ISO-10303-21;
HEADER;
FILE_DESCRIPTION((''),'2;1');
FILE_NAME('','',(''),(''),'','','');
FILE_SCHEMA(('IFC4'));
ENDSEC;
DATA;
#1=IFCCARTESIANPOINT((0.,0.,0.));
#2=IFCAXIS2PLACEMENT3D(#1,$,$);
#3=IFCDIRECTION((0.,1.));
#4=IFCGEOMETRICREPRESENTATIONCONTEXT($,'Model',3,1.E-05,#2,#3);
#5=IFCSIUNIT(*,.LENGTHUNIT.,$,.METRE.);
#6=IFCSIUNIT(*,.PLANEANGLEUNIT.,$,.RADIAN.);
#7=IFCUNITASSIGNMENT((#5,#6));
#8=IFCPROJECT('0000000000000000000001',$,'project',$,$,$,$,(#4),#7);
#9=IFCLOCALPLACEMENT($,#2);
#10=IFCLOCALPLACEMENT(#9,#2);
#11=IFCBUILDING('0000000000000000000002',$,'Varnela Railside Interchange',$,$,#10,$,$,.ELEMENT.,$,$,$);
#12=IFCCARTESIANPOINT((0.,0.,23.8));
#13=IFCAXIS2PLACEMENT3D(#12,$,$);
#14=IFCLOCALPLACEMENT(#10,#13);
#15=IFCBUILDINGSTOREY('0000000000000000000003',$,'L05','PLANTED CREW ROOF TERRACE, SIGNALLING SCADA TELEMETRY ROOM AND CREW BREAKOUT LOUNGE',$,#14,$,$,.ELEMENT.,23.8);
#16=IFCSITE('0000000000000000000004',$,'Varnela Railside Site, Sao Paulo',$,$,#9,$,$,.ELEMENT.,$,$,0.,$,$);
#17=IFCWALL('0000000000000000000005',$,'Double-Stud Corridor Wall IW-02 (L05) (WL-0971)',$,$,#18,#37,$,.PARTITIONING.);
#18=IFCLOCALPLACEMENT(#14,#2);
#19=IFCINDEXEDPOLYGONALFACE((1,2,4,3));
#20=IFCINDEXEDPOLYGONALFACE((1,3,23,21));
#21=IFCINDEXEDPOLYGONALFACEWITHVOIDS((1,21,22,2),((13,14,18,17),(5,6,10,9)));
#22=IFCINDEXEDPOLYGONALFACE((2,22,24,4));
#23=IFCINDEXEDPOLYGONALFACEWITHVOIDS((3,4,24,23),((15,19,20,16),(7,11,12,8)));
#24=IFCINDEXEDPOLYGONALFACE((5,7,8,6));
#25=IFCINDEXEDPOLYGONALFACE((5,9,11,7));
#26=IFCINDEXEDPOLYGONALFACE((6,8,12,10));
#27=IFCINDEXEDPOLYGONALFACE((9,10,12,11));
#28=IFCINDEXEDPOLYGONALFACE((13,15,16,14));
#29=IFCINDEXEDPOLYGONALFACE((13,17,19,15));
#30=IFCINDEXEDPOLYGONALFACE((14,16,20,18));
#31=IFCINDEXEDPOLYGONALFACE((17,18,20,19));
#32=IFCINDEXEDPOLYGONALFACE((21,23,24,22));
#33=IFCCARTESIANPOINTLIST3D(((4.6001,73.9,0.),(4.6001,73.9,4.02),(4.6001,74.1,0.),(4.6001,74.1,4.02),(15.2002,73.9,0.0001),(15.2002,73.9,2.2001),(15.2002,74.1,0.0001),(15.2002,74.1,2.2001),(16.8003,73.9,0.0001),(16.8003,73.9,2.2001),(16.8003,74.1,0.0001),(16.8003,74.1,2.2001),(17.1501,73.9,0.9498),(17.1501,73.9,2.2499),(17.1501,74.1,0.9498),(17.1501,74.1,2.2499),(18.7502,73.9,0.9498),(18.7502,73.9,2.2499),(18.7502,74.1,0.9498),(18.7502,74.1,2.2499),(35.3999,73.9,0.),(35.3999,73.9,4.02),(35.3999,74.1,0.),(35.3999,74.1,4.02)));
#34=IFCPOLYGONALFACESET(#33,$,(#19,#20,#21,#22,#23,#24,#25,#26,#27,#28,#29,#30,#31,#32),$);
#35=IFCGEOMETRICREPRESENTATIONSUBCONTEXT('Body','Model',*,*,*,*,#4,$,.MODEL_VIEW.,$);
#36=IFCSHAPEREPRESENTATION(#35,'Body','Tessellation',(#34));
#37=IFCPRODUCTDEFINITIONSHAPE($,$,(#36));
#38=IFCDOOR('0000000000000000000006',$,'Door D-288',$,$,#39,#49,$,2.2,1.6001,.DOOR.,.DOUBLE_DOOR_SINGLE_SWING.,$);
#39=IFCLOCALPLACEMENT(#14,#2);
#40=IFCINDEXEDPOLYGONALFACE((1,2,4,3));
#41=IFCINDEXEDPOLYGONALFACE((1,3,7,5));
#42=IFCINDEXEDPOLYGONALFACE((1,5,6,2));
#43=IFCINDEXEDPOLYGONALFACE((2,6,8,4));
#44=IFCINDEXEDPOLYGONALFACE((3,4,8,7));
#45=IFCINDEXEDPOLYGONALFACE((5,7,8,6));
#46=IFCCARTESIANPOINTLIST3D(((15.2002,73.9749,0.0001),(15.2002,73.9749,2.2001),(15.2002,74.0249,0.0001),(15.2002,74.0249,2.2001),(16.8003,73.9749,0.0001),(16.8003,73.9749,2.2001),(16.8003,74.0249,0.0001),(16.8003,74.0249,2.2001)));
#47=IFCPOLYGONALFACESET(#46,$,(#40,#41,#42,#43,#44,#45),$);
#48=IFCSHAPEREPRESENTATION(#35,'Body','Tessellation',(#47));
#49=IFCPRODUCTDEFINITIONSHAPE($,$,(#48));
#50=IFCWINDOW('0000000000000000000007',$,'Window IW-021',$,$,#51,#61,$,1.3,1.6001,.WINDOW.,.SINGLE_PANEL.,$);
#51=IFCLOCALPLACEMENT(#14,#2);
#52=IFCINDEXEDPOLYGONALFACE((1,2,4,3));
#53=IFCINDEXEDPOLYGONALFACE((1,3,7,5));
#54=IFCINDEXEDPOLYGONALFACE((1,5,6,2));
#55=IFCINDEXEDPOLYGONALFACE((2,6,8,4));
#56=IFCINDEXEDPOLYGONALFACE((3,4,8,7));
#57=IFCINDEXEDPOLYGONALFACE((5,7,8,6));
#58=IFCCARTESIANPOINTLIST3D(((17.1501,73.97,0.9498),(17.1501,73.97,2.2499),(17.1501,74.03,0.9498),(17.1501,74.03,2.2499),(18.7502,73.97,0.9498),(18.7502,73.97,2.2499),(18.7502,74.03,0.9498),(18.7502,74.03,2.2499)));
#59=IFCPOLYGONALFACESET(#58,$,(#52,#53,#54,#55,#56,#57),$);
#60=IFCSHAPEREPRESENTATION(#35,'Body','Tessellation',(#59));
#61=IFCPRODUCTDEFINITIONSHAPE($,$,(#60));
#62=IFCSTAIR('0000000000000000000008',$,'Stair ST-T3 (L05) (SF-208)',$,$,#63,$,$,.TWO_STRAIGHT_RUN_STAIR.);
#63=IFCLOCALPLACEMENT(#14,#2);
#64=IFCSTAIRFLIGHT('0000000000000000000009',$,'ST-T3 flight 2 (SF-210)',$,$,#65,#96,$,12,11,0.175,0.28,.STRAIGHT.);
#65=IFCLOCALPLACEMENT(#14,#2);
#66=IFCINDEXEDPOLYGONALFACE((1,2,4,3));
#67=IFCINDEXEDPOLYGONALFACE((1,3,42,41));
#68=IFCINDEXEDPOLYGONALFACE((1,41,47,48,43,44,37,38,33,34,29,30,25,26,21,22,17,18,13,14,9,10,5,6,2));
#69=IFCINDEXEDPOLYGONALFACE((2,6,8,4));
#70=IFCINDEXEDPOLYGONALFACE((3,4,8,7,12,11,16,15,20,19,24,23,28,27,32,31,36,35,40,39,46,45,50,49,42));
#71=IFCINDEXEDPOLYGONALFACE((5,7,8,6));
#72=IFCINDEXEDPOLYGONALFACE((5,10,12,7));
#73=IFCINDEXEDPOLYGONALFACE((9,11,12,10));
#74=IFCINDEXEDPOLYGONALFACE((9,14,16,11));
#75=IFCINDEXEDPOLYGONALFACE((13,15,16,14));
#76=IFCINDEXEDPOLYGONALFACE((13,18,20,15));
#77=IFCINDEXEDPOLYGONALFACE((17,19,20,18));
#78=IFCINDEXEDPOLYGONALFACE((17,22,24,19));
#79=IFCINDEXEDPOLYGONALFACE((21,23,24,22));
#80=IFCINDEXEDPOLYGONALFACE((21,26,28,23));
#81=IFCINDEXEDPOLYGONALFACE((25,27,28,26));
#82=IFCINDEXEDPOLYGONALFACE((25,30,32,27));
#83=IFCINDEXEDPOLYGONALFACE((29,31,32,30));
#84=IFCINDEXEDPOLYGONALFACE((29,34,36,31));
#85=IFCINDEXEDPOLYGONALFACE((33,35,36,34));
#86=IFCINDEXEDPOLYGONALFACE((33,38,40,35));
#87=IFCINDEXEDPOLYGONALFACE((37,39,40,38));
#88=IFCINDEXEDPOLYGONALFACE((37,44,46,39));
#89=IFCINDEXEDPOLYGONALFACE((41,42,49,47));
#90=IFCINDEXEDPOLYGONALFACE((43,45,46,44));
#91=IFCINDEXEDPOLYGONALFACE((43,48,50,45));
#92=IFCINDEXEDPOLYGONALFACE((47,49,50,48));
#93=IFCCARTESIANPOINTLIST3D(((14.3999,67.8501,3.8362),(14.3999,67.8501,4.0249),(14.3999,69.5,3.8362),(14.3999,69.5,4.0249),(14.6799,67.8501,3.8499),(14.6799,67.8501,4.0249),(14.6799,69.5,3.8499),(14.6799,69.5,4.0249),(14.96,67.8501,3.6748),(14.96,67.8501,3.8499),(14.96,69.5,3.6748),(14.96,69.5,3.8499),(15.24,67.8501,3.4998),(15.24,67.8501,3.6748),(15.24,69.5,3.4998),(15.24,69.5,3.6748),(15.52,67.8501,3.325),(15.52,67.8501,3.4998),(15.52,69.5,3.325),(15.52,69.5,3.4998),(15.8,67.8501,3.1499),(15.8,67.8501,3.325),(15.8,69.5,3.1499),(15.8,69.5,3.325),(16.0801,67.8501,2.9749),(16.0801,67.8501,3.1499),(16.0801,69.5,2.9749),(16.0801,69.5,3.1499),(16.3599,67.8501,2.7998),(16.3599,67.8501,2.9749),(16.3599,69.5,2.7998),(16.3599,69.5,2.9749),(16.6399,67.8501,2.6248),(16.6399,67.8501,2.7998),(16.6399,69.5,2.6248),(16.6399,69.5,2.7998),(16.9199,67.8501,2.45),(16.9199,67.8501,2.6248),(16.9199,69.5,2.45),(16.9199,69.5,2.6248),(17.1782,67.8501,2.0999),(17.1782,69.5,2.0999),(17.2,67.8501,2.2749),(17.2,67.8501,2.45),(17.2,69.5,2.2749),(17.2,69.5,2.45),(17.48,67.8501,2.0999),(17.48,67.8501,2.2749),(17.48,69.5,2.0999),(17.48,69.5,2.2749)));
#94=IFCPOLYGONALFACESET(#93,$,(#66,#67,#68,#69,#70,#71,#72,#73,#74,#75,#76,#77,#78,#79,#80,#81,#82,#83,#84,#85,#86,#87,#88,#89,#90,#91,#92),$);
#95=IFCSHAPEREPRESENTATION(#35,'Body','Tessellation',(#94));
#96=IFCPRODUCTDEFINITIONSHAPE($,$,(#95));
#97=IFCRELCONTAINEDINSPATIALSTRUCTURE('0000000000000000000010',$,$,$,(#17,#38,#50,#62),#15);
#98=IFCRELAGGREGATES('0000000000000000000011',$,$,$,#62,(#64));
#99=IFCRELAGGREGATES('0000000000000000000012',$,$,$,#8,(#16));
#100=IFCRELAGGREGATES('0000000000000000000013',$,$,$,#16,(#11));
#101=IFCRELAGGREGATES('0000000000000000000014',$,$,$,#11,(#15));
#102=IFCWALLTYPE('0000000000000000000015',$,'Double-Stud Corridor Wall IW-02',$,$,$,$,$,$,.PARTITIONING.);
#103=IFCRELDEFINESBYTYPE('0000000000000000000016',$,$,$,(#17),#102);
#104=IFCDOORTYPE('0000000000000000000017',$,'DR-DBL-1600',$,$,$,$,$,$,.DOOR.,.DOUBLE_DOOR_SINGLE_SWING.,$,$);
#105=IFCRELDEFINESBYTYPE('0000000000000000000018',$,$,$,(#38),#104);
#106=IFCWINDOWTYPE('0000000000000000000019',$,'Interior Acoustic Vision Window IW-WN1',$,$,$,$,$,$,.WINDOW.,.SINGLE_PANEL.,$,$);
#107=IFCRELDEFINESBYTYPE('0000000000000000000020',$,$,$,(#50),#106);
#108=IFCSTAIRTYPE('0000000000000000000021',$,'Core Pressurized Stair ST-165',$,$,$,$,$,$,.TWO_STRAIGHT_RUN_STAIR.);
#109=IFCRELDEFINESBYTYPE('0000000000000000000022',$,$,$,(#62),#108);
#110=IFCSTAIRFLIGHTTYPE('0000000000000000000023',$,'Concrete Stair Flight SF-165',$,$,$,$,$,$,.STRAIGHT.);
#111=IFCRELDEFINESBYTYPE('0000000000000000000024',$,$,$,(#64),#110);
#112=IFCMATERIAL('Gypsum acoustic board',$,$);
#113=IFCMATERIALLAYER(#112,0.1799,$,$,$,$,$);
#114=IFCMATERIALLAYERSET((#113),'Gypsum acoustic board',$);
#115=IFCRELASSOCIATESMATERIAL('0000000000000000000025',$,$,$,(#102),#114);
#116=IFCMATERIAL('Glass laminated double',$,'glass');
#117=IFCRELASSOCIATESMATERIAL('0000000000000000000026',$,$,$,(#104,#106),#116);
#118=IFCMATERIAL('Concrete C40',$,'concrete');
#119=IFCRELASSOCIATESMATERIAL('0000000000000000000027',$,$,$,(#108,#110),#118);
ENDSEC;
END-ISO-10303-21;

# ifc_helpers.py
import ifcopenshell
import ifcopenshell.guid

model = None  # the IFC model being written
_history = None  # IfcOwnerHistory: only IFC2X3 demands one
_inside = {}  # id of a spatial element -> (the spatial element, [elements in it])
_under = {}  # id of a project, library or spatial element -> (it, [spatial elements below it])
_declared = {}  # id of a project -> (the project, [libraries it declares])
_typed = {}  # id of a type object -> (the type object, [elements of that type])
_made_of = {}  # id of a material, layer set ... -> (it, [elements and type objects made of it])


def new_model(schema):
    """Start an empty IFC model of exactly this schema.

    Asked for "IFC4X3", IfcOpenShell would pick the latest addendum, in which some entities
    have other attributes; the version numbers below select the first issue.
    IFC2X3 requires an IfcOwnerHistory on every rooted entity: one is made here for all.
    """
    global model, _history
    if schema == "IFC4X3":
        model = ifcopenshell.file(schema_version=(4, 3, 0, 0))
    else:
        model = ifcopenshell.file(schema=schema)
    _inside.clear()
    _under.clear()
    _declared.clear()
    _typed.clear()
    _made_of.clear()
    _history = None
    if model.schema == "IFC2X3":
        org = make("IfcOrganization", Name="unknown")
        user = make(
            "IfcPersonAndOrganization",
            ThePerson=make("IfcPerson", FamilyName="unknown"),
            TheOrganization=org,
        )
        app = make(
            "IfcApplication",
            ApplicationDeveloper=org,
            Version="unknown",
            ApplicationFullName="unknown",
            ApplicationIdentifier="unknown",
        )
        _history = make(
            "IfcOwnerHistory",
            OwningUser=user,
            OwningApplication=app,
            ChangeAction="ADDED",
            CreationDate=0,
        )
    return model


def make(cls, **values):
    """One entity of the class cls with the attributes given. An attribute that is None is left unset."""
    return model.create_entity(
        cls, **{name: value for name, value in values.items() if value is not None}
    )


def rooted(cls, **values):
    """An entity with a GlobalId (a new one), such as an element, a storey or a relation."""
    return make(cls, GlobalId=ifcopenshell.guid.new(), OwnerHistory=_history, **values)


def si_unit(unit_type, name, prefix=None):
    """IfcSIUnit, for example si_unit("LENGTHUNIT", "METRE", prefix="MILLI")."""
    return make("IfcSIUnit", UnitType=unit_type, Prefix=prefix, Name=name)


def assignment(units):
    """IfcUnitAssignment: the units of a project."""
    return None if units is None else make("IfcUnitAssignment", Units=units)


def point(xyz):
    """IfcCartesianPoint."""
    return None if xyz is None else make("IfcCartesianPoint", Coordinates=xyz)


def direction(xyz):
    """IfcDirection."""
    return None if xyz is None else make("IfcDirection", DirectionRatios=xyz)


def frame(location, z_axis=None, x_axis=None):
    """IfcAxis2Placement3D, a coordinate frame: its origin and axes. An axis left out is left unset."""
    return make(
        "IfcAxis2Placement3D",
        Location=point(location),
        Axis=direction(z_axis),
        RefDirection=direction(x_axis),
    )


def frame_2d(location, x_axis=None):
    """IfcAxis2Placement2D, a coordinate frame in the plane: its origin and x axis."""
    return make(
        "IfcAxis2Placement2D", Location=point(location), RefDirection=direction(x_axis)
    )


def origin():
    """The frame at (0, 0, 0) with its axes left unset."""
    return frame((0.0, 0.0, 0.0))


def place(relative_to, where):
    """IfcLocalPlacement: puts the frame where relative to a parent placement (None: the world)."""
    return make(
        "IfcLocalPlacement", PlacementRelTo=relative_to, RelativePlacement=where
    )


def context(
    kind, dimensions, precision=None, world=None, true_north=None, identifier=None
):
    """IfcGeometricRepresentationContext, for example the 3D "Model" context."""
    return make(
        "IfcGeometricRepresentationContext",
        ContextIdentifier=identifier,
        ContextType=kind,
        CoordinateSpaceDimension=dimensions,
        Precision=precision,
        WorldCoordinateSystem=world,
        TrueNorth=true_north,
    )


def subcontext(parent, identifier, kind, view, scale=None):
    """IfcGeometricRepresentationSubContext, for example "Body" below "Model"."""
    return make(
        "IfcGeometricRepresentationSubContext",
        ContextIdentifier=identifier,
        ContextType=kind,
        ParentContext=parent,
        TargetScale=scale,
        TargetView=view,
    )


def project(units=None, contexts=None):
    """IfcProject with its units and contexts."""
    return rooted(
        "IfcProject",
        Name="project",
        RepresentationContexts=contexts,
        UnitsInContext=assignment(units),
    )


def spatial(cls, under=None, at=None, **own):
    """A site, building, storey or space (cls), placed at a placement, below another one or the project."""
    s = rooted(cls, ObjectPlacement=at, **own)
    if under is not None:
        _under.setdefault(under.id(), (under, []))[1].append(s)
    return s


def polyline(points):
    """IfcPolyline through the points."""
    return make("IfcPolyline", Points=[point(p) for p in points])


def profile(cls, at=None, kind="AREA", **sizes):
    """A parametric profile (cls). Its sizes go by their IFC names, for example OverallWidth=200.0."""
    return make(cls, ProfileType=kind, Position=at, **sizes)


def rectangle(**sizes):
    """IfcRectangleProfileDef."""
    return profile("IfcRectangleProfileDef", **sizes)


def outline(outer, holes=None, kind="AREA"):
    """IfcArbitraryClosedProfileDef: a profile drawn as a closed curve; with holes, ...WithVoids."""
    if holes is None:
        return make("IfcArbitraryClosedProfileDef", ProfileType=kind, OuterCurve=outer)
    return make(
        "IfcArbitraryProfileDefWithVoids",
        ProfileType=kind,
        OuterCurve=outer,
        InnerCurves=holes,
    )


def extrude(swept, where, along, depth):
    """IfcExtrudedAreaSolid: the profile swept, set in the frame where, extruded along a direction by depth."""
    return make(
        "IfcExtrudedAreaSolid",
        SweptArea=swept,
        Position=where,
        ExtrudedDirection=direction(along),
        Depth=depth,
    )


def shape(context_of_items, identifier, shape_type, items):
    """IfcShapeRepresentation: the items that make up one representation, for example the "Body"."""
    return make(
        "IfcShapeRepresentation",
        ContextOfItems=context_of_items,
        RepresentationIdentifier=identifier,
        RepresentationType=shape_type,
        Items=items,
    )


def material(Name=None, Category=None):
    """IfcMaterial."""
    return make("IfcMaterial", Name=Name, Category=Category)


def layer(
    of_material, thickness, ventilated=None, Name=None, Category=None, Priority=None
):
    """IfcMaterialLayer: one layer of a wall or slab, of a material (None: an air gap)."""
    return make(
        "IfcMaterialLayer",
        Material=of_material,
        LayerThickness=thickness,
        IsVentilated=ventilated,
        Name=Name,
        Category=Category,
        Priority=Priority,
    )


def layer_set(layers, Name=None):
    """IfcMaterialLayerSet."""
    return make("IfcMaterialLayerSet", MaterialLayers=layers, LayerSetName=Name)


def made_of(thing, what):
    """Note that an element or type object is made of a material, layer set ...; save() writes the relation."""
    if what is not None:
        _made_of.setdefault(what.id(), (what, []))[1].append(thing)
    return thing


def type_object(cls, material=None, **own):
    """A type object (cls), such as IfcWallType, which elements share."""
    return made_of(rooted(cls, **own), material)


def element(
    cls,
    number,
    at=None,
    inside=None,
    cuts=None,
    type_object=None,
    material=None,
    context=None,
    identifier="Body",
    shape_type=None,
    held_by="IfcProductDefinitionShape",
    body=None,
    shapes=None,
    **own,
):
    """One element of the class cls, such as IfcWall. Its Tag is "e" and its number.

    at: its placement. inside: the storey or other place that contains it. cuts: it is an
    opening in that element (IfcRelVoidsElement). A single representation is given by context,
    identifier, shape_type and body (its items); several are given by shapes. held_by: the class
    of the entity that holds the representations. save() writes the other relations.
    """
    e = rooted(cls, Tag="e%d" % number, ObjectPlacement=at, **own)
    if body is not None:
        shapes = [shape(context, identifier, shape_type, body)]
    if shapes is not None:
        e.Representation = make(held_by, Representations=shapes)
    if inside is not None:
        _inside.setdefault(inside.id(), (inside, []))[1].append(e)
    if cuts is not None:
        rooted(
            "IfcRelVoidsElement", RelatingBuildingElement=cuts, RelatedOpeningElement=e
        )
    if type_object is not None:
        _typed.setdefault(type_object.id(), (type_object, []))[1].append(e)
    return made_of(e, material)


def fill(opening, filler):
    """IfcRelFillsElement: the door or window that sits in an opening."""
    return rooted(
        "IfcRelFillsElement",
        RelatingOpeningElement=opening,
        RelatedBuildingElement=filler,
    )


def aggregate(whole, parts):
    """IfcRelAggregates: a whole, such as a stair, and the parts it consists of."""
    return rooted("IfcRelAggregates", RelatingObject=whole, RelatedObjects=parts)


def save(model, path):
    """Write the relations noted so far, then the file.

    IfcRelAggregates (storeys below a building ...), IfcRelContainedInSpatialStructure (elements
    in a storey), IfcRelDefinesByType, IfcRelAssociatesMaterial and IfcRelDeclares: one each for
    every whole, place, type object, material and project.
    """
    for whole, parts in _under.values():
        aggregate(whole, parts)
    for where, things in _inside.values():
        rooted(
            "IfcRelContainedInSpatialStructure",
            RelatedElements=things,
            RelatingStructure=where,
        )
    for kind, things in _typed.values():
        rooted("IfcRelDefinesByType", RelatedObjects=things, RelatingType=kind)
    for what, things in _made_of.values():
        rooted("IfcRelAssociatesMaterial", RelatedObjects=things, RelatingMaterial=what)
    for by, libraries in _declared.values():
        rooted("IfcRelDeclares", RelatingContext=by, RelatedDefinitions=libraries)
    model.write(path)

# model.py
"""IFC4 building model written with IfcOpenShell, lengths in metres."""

from ifc_helpers import new_model, si_unit, direction, frame, frame_2d, origin, place, context, subcontext, project, spatial, polyline, rectangle, outline, extrude, material, layer, layer_set, type_object, element, fill, aggregate, save


model = new_model("IFC4")

# Units and contexts
model_context = context("Model", 3, precision=1e-05, world=origin(), true_north=direction((0.0, 1.0)))
body_context = subcontext(model_context, "Body", "Model", "MODEL_VIEW")
ifc_project = project(units=[si_unit("LENGTHUNIT", "METRE"), si_unit("PLANEANGLEUNIT", "RADIAN")], contexts=[model_context])

# Site, building, storey
site_placement = place(None, origin())
site = spatial("IfcSite", under=ifc_project, at=site_placement, Name="Varnela Railside Site, Sao Paulo", CompositionType="ELEMENT", RefElevation=0.0)
building_placement = place(site_placement, origin())
building = spatial("IfcBuilding", under=site, at=building_placement, Name="Varnela Railside Interchange", CompositionType="ELEMENT")
storey_placement = place(building_placement, frame((0.0, 0.0, 23.8)))
storey = spatial("IfcBuildingStorey", under=building, at=storey_placement, Name="L05", Description="PLANTED CREW ROOF TERRACE, SIGNALLING SCADA TELEMETRY ROOM AND CREW BREAKOUT LOUNGE", CompositionType="ELEMENT", Elevation=23.8)

# Shared definitions
ifc_material_1 = material(Name="Glass laminated double", Category="glass")

# Wall, openings, door, window
ifc_material_2 = material(Name="Gypsum acoustic board")
ifc_layer_1 = layer(ifc_material_2, 0.1799)
ifc_layer_set_1 = layer_set([ifc_layer_1], Name="Gypsum acoustic board")
wall_type_1 = type_object("IfcWallType", Name="Double-Stud Corridor Wall IW-02", PredefinedType="PARTITIONING", material=ifc_layer_set_1)
wall_1_placement = place(storey_placement, frame((4.6001, 74.0, 0.0), z_axis=(0.0, 0.0, 1.0), x_axis=(1.0, 0.0, 0.0)))
wall_1 = element("IfcWall", 1, at=wall_1_placement, inside=storey, type_object=wall_type_1, Name="Double-Stud Corridor Wall IW-02 (L05) (WL-0971)", PredefinedType="PARTITIONING", context=body_context, shape_type="SweptSolid", body=[
    extrude(rectangle(XDim=30.7998, YDim=0.2, at=frame_2d((15.3999, 0.0))), origin(), (0.0, 0.0, 1.0), 4.02),
])
opening_1_placement = place(wall_1_placement, frame((10.6001, 0.0, 0.0)))
opening_1 = element("IfcOpeningElement", 2, at=opening_1_placement, cuts=wall_1, PredefinedType="OPENING", context=body_context, shape_type="SweptSolid", body=[
    extrude(rectangle(XDim=1.6001, YDim=2.2, at=frame_2d((0.8, 1.1001))), frame((0.0, 0.1099, 0.0), z_axis=(0.0, -1.0, 0.0), x_axis=(1.0, 0.0, 0.0)), (0.0, 0.0, 1.0), 0.22),
])
opening_2_placement = place(wall_1_placement, frame((12.55, 0.0, 0.95)))
opening_2 = element("IfcOpeningElement", 3, at=opening_2_placement, cuts=wall_1, PredefinedType="OPENING", context=body_context, shape_type="SweptSolid", body=[
    extrude(rectangle(XDim=1.6001, YDim=1.3, at=frame_2d((0.8, 0.6499))), frame((0.0, 0.1099, 0.0), z_axis=(0.0, -1.0, 0.0), x_axis=(1.0, 0.0, 0.0)), (0.0, 0.0, 1.0), 0.22),
])
door_type = type_object("IfcDoorType", Name="DR-DBL-1600", OperationType="DOUBLE_DOOR_SINGLE_SWING", PredefinedType="DOOR", material=ifc_material_1)
door_placement = place(opening_1_placement, origin())
door = element("IfcDoor", 4, at=door_placement, inside=storey, type_object=door_type, Name="Door D-288", OperationType="DOUBLE_DOOR_SINGLE_SWING", OverallHeight=2.2, OverallWidth=1.6001, PredefinedType="DOOR", context=body_context, shape_type="SweptSolid", body=[
    extrude(rectangle(XDim=1.6001, YDim=2.2, at=frame_2d((0.8, 1.1001))), frame((0.0, 0.0249, 0.0), z_axis=(0.0, -1.0, 0.0), x_axis=(1.0, 0.0, 0.0)), (0.0, 0.0, 1.0), 0.05),
])
fill(opening_1, door)
window_type = type_object("IfcWindowType", Name="Interior Acoustic Vision Window IW-WN1", PartitioningType="SINGLE_PANEL", PredefinedType="WINDOW", material=ifc_material_1)
window_placement = place(opening_2_placement, origin())
window = element("IfcWindow", 5, at=window_placement, inside=storey, type_object=window_type, Name="Window IW-021", OverallHeight=1.3, OverallWidth=1.6001, PartitioningType="SINGLE_PANEL", PredefinedType="WINDOW", context=body_context, shape_type="SweptSolid", body=[
    extrude(rectangle(XDim=1.6001, YDim=1.3, at=frame_2d((0.8, 0.6499))), frame((0.0, 0.03, 0.0), z_axis=(0.0, -1.0, 0.0), x_axis=(1.0, 0.0, 0.0)), (0.0, 0.0, 1.0), 0.0601),
])
fill(opening_2, window)

# Stair, stair flight
ifc_material_3 = material(Name="Concrete C40", Category="concrete")
stair_type = type_object("IfcStairType", Name="Core Pressurized Stair ST-165", PredefinedType="TWO_STRAIGHT_RUN_STAIR", material=ifc_material_3)
stair_placement = place(storey_placement, origin())
stair = element("IfcStair", 6, at=stair_placement, inside=storey, type_object=stair_type, Name="Stair ST-T3 (L05) (SF-208)", PredefinedType="TWO_STRAIGHT_RUN_STAIR")
stair_flight_type = type_object("IfcStairFlightType", Name="Concrete Stair Flight SF-165", PredefinedType="STRAIGHT", material=ifc_material_3)
stair_flight_placement = place(storey_placement, frame((17.48, 68.675, 2.0999), z_axis=(0.0, 0.0, 1.0), x_axis=(-1.0, 0.0, 0.0)))
stair_flight = element("IfcStairFlight", 7, at=stair_flight_placement, type_object=stair_flight_type, Name="ST-T3 flight 2 (SF-210)", NumberOfRisers=12, NumberOfTreads=11, PredefinedType="STRAIGHT", RiserHeight=0.175, TreadLength=0.28, context=body_context, shape_type="SweptSolid", body=[
    extrude(outline(polyline([(0.0, 0.0), (0.0, 0.175), (0.28, 0.175), (0.28, 0.3501), (0.5601, 0.3501), (0.5601, 0.5249), (0.8401, 0.5249), (0.8401, 0.7), (1.1201, 0.7), (1.1201, 0.875), (1.3999, 0.875), (1.3999, 1.05), (1.6799, 1.05), (1.6799, 1.2251), (1.96, 1.2251), (1.96, 1.3999), (2.24, 1.3999), (2.24, 1.575), (2.52, 1.575), (2.52, 1.75), (2.8, 1.75), (2.8, 1.925), (3.0801, 1.925), (3.0801, 2.1001), (3.0801, 1.7363), (0.3018, 0.0), (0.0, 0.0)])), frame((0.0, 0.825, 0.0), z_axis=(0.0, -1.0, 0.0), x_axis=(1.0, 0.0, 0.0)), (0.0, 0.0, 1.0), 1.6499),
])
aggregate(stair, [stair_flight])

save(model, "model.ifc")
